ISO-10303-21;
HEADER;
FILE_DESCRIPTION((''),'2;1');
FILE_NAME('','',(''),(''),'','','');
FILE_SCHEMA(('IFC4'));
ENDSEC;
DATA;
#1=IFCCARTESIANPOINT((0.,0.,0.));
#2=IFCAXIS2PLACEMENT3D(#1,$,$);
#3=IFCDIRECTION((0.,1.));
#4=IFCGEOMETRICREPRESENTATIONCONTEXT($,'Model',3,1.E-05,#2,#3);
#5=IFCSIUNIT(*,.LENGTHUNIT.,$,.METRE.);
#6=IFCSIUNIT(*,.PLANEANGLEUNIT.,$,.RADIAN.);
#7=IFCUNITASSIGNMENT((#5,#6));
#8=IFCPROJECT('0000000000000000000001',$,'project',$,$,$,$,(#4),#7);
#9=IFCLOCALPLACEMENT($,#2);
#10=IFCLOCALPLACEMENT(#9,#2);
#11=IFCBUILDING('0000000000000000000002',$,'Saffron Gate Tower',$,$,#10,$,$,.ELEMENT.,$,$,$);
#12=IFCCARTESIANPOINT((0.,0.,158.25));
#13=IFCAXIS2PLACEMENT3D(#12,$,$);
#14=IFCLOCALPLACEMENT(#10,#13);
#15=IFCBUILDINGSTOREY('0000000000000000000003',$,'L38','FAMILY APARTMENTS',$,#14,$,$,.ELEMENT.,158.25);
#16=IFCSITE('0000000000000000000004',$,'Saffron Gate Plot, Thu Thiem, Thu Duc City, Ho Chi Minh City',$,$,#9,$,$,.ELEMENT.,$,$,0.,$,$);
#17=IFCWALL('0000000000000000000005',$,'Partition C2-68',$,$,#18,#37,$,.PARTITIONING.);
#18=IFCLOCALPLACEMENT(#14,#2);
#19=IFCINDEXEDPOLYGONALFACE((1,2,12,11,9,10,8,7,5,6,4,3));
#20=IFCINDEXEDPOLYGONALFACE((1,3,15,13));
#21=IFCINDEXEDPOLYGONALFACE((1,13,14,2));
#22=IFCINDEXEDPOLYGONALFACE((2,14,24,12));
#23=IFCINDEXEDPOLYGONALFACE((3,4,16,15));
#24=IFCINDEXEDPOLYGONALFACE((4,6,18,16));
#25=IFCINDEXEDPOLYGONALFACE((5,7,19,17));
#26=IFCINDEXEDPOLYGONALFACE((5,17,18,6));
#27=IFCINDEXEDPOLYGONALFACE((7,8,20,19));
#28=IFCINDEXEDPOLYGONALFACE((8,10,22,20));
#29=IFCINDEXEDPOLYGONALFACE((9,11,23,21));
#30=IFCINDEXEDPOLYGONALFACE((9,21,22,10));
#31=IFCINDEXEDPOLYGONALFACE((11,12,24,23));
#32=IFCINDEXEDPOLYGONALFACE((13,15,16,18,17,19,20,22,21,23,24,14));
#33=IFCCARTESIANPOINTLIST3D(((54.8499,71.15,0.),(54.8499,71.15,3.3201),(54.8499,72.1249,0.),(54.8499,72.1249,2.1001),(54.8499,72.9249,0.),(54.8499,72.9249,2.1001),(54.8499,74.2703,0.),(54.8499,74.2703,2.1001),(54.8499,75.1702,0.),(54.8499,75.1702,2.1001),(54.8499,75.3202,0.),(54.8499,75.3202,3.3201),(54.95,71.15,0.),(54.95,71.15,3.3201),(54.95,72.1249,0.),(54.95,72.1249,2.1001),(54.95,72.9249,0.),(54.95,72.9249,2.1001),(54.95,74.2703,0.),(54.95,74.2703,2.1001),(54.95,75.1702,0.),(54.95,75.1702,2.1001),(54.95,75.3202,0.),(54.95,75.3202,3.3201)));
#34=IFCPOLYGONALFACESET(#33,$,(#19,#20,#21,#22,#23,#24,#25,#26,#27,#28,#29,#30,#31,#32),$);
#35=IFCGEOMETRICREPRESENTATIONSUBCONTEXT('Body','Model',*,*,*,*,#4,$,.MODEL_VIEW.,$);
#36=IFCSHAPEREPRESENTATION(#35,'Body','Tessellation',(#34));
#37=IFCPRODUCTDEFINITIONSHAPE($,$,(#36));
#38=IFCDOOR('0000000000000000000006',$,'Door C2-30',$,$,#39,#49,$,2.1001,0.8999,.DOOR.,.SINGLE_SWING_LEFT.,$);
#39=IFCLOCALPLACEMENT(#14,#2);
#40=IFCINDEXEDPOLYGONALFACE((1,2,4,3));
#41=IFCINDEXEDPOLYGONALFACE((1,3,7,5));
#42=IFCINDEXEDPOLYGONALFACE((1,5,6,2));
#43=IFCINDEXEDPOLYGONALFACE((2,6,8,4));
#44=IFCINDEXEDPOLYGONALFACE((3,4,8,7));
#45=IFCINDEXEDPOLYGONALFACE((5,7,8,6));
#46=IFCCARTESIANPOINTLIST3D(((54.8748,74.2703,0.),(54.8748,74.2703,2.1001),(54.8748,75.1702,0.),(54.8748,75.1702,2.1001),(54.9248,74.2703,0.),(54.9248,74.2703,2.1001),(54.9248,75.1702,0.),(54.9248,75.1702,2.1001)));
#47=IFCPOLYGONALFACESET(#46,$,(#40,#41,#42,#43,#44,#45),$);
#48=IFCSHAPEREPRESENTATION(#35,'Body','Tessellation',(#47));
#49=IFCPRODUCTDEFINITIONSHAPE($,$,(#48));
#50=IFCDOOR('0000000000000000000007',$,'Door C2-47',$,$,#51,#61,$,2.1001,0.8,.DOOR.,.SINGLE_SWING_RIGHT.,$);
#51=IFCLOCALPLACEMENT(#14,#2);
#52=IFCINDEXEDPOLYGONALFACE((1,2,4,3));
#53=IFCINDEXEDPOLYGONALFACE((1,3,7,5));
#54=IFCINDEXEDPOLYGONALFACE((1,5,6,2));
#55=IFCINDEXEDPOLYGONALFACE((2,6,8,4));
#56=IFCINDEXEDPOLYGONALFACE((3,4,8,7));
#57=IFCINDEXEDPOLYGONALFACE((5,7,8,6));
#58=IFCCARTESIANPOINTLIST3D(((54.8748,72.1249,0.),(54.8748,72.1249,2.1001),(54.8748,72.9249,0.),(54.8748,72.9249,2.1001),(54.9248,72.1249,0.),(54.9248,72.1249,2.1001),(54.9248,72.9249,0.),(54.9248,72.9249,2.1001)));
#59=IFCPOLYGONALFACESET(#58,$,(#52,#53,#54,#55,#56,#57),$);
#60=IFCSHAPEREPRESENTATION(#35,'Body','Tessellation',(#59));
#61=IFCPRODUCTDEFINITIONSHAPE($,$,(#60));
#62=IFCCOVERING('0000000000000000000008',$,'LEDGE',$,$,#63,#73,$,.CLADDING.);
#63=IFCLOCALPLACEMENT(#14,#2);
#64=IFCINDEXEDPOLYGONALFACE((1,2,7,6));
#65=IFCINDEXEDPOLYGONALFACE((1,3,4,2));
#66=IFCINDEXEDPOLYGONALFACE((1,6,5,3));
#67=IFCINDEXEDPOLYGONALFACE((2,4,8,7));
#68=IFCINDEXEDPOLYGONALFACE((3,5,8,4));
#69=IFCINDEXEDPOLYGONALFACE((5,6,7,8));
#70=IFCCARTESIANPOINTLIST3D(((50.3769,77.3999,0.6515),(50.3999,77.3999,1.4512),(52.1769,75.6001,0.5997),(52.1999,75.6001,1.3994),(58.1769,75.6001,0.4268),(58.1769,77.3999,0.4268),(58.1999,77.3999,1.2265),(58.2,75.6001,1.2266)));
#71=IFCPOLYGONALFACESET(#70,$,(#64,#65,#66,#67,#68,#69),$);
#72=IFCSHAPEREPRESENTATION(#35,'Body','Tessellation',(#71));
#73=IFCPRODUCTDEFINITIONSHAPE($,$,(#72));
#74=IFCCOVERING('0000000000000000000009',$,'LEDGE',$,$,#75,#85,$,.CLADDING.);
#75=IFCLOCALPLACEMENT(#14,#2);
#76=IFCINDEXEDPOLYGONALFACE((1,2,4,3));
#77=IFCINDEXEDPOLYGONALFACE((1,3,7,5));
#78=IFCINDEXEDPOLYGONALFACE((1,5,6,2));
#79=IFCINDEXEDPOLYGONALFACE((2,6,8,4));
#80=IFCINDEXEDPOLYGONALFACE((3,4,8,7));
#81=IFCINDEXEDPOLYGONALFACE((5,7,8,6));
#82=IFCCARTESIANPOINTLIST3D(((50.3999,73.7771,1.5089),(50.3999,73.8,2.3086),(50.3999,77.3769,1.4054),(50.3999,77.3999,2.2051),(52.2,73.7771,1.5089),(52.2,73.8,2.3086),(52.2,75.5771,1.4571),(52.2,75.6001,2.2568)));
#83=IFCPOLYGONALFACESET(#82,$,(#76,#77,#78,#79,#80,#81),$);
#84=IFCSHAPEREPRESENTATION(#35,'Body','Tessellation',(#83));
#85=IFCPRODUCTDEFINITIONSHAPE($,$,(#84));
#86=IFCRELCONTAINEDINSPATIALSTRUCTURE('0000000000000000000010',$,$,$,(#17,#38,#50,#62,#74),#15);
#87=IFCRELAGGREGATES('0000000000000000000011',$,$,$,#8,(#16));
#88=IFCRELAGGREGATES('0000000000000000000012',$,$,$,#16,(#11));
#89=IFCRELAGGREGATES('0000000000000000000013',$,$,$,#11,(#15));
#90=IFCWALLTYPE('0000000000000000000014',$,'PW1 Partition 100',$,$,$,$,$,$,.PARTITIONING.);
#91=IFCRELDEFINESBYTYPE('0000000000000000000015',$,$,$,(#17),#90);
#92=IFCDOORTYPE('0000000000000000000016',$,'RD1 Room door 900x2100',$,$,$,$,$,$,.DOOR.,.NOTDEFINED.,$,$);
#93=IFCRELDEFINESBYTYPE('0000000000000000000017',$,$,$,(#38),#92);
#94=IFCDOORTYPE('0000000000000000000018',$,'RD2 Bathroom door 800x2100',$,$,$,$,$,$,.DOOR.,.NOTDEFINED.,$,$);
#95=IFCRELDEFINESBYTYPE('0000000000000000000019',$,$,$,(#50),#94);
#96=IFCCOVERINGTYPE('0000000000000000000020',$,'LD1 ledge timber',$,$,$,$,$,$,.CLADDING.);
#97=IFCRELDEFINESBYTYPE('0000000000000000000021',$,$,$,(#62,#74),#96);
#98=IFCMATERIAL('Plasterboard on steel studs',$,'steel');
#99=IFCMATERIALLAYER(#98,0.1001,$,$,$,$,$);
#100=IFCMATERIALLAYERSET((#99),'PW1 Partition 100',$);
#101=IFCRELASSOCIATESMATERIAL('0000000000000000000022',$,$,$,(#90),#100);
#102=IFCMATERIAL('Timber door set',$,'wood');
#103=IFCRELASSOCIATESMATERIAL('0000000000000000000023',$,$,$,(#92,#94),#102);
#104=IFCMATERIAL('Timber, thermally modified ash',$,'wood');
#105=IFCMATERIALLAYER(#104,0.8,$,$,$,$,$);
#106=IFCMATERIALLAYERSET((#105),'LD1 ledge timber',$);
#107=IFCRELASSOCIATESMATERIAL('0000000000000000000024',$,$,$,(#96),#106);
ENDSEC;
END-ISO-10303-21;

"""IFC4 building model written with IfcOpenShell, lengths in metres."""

from ifc_helpers import new_model, si_unit, direction, frame, frame_2d, origin, place, context, subcontext, project, spatial, polyline, rectangle, outline, extrude, material, layer, layer_set, type_object, element, fill, save


model = new_model("IFC4")

# Units and contexts
model_context = context("Model", 3, precision=1e-05, world=origin(), true_north=direction((0.0, 1.0)))
body_context = subcontext(model_context, "Body", "Model", "MODEL_VIEW")
ifc_project = project(units=[si_unit("LENGTHUNIT", "METRE"), si_unit("PLANEANGLEUNIT", "RADIAN")], contexts=[model_context])

# Site, building, storey
site_placement = place(None, origin())
site = spatial("IfcSite", under=ifc_project, at=site_placement, Name="Saffron Gate Plot, Thu Thiem, Thu Duc City, Ho Chi Minh City", CompositionType="ELEMENT", RefElevation=0.0)
building_placement = place(site_placement, origin())
building = spatial("IfcBuilding", under=site, at=building_placement, Name="Saffron Gate Tower", CompositionType="ELEMENT")
storey_placement = place(building_placement, frame((0.0, 0.0, 158.25)))
storey = spatial("IfcBuildingStorey", under=building, at=storey_placement, Name="L38", Description="FAMILY APARTMENTS", CompositionType="ELEMENT", Elevation=158.25)

# Shared definitions
ifc_material_1 = material(Name="Plasterboard on steel studs", Category="steel")
ifc_layer_1 = layer(ifc_material_1, 0.1001)
ifc_layer_set_1 = layer_set([ifc_layer_1], Name="PW1 Partition 100")
wall_type = type_object("IfcWallType", Name="PW1 Partition 100", PredefinedType="PARTITIONING", material=ifc_layer_set_1)

# Wall, openings, doors
wall_1_placement = place(storey_placement, frame((54.8999, 75.3201, 0.0), z_axis=(0.0, 0.0, 1.0), x_axis=(0.0, -1.0, 0.0)))
wall_1 = element("IfcWall", 1, at=wall_1_placement, inside=storey, type_object=wall_type, Name="Partition C2-68", PredefinedType="PARTITIONING", context=body_context, shape_type="SweptSolid", body=[
    extrude(rectangle(XDim=4.1702, YDim=0.1001, at=frame_2d((2.085, 0.0))), origin(), (0.0, 0.0, 1.0), 3.3201),
])
opening_1_placement = place(wall_1_placement, frame((0.1499, 0.0, 0.0)))
opening_1 = element("IfcOpeningElement", 2, at=opening_1_placement, cuts=wall_1, PredefinedType="OPENING", context=body_context, shape_type="SweptSolid", body=[
    extrude(rectangle(XDim=0.8999, YDim=2.1001, at=frame_2d((0.45, 1.05))), frame((0.0, 0.0601, 0.0), z_axis=(0.0, -1.0, 0.0), x_axis=(1.0, 0.0, 0.0)), (0.0, 0.0, 1.0), 0.1201),
])
opening_2_placement = place(wall_1_placement, frame((2.3953, 0.0, 0.0)))
opening_2 = element("IfcOpeningElement", 3, at=opening_2_placement, cuts=wall_1, PredefinedType="OPENING", context=body_context, shape_type="SweptSolid", body=[
    extrude(rectangle(XDim=0.8, YDim=2.1001, at=frame_2d((0.3999, 1.05))), frame((0.0, 0.0601, 0.0), z_axis=(0.0, -1.0, 0.0), x_axis=(1.0, 0.0, 0.0)), (0.0, 0.0, 1.0), 0.1201),
])
ifc_material_2 = material(Name="Timber door set", Category="wood")
door_type_1 = type_object("IfcDoorType", Name="RD1 Room door 900x2100", OperationType="NOTDEFINED", PredefinedType="DOOR", material=ifc_material_2)
door_1_placement = place(opening_1_placement, origin())
door_1 = element("IfcDoor", 4, at=door_1_placement, inside=storey, type_object=door_type_1, Name="Door C2-30", OperationType="SINGLE_SWING_LEFT", OverallHeight=2.1001, OverallWidth=0.8999, PredefinedType="DOOR", context=body_context, shape_type="SweptSolid", body=[
    extrude(rectangle(XDim=0.8999, YDim=2.1001, at=frame_2d((0.45, 1.05))), frame((0.0, 0.0249, 0.0), z_axis=(0.0, -1.0, 0.0), x_axis=(1.0, 0.0, 0.0)), (0.0, 0.0, 1.0), 0.05),
])
fill(opening_1, door_1)
door_type_2 = type_object("IfcDoorType", Name="RD2 Bathroom door 800x2100", OperationType="NOTDEFINED", PredefinedType="DOOR", material=ifc_material_2)
door_2_placement = place(opening_2_placement, origin())
door_2 = element("IfcDoor", 5, at=door_2_placement, inside=storey, type_object=door_type_2, Name="Door C2-47", OperationType="SINGLE_SWING_RIGHT", OverallHeight=2.1001, OverallWidth=0.8, PredefinedType="DOOR", context=body_context, shape_type="SweptSolid", body=[
    extrude(rectangle(XDim=0.8, YDim=2.1001, at=frame_2d((0.3999, 1.05))), frame((0.0, 0.0249, 0.0), z_axis=(0.0, -1.0, 0.0), x_axis=(1.0, 0.0, 0.0)), (0.0, 0.0, 1.0), 0.05),
])
fill(opening_2, door_2)

# Coverings
ifc_material_3 = material(Name="Timber, thermally modified ash", Category="wood")
ifc_layer_2 = layer(ifc_material_3, 0.8)
ifc_layer_set_2 = layer_set([ifc_layer_2], Name="LD1 ledge timber")
covering_type = type_object("IfcCoveringType", Name="LD1 ledge timber", PredefinedType="CLADDING", material=ifc_layer_set_2)
covering_1_placement = place(storey_placement, frame((58.2, 75.6001, 1.2266), z_axis=(0.028789, 0.000024, 0.999585), x_axis=(-0.999585, 0.0, 0.028789)))
element("IfcCovering", 6, at=covering_1_placement, inside=storey, type_object=covering_type, Name="LEDGE", PredefinedType="CLADDING", context=body_context, shape_type="SweptSolid", body=[
    extrude(outline(polyline([(0.0, 0.0), (6.0025, 0.0), (7.8033, -1.7998), (0.0, -1.7998), (0.0, 0.0)])), origin(), (0.0, 0.0, -1.0), 0.8),
])
covering_2_placement = place(storey_placement, frame((52.2, 75.6001, 2.2568), z_axis=(-0.000001, 0.028743, 0.999587), x_axis=(0.0, -0.999587, 0.028743)))
element("IfcCovering", 7, at=covering_2_placement, inside=storey, type_object=covering_type, Name="LEDGE", PredefinedType="CLADDING", context=body_context, shape_type="SweptSolid", body=[
    extrude(outline(polyline([(0.0, 0.0), (1.8008, 0.0), (1.8008, -1.8), (-1.8005, -1.8), (0.0, 0.0)])), origin(), (0.0, 0.0, -1.0), 0.8),
])

save(model, "model.ifc")
